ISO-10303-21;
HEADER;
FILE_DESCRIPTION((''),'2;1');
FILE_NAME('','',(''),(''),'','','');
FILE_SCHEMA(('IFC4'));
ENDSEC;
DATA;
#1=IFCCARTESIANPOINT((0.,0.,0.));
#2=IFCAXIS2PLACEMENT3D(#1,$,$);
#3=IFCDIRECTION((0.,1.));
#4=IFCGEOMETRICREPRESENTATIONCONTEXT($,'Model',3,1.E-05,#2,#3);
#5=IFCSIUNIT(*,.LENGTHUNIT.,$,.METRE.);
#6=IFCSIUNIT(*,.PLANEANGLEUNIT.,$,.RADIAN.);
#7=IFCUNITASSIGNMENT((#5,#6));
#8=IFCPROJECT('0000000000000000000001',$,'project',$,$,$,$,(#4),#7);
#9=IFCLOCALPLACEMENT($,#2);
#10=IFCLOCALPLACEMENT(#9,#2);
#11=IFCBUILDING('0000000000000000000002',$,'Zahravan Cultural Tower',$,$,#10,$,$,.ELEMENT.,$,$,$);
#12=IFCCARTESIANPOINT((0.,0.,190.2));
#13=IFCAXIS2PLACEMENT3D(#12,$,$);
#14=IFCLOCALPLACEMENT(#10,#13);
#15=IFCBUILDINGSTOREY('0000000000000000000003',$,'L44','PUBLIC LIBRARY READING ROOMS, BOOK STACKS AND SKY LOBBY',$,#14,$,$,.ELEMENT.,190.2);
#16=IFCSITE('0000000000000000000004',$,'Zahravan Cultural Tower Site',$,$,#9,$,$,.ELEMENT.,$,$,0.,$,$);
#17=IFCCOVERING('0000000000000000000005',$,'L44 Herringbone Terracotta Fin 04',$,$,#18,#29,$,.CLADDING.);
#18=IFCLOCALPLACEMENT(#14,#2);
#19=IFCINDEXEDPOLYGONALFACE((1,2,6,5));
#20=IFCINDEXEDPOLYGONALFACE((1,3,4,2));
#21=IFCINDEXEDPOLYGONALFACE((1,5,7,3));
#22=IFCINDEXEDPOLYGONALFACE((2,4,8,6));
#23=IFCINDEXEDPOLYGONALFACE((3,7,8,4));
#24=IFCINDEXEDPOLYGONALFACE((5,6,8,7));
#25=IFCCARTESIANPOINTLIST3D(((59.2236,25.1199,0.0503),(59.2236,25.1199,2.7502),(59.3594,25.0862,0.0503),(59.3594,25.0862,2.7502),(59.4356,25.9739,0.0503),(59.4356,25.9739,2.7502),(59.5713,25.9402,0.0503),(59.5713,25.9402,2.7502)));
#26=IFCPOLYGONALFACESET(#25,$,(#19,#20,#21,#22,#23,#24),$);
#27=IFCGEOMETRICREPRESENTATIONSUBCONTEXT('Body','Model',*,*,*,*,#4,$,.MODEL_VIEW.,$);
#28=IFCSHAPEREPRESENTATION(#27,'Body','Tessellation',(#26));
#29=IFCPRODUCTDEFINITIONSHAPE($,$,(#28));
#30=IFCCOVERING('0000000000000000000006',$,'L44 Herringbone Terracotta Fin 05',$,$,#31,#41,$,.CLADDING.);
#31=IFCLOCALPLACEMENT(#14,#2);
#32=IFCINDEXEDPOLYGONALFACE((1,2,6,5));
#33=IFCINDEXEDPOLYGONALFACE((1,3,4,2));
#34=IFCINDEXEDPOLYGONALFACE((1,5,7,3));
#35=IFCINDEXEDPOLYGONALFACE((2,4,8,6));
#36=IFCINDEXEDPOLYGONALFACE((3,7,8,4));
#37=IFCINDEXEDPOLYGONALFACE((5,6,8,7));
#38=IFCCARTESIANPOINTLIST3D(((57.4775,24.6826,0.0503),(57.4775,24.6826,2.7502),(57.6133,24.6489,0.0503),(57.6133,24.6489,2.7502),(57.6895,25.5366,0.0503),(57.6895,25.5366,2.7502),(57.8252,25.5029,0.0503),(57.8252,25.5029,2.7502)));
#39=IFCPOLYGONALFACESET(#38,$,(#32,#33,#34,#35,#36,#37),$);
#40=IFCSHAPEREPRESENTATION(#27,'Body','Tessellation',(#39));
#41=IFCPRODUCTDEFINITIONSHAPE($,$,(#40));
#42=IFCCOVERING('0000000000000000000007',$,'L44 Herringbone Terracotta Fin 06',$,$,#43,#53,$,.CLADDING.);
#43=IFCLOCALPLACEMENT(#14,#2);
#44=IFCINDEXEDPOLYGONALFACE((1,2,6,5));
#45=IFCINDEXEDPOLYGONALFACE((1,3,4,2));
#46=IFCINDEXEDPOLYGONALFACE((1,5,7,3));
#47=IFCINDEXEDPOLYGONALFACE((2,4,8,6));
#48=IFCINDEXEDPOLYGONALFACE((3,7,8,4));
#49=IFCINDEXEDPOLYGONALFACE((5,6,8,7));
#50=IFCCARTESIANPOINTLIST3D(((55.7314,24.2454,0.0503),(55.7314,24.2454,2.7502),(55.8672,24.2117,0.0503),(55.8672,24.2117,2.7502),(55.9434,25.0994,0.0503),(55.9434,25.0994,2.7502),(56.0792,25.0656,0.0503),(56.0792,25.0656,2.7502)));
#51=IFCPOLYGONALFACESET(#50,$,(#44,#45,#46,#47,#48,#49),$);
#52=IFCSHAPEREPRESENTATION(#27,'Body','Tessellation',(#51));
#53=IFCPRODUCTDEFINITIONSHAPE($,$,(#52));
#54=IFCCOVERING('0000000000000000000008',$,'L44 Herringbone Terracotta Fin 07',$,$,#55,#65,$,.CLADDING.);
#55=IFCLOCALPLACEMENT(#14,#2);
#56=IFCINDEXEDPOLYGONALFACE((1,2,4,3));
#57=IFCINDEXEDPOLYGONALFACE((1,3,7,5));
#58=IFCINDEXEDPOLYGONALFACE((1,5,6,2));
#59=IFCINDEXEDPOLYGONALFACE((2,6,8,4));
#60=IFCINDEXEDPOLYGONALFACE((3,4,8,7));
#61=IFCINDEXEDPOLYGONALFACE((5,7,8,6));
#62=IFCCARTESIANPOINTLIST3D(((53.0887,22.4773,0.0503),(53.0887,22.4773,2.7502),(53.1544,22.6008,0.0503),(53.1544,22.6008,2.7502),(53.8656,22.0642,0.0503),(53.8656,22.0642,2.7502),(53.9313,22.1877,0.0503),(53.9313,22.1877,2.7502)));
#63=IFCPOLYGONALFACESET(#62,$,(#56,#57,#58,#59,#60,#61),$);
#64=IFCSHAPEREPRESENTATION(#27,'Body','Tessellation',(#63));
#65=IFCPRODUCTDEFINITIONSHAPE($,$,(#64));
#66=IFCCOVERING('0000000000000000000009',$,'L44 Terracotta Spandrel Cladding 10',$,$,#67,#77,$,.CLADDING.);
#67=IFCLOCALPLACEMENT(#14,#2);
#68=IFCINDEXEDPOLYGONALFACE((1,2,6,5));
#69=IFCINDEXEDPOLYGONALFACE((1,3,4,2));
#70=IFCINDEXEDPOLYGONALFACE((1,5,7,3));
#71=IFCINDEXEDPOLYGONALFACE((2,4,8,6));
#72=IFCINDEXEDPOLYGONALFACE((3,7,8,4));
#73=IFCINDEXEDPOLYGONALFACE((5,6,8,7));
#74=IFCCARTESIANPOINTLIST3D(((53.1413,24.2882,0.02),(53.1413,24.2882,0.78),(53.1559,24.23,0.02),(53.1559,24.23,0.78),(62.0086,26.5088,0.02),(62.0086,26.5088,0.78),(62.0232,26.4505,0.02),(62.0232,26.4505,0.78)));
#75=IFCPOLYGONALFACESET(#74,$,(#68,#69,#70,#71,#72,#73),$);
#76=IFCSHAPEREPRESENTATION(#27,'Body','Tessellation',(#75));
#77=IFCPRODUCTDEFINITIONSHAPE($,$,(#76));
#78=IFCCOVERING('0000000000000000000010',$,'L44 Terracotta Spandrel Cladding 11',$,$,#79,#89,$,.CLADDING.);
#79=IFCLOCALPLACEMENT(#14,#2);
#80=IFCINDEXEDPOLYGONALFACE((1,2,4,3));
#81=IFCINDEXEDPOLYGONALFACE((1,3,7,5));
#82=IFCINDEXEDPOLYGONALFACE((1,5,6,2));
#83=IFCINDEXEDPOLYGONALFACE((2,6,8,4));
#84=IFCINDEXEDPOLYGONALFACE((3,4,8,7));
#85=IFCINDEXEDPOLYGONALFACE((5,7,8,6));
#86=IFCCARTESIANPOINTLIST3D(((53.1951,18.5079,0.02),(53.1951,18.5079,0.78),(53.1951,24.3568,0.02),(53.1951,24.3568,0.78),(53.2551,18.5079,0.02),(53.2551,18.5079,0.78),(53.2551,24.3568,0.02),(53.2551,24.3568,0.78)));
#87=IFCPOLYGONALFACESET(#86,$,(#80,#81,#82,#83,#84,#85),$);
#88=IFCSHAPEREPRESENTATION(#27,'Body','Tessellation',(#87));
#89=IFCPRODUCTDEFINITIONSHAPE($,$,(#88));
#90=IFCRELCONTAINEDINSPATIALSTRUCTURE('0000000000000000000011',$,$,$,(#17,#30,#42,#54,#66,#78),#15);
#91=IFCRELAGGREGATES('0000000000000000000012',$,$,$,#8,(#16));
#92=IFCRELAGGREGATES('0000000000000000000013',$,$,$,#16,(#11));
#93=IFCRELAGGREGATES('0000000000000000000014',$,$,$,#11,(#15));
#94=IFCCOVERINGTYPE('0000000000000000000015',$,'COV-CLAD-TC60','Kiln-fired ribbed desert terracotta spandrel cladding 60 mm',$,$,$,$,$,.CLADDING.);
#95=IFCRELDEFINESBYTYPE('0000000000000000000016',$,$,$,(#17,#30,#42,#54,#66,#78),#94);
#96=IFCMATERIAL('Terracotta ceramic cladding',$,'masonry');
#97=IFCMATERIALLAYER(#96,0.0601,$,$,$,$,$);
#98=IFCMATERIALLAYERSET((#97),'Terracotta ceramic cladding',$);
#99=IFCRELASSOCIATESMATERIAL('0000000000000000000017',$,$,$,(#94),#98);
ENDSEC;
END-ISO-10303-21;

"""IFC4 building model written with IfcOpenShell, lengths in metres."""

from ifc_helpers import new_model, si_unit, direction, frame, origin, origin_2d, place, context, subcontext, project, spatial, rectangle, extrude, source, transform, mapped, material, layer, layer_set, type_object, element, save


model = new_model("IFC4")

# Units and contexts
model_context = context("Model", 3, precision=1e-05, world=origin(), true_north=direction((0.0, 1.0)))
body_context = subcontext(model_context, "Body", "Model", "MODEL_VIEW")
ifc_project = project(units=[si_unit("LENGTHUNIT", "METRE"), si_unit("PLANEANGLEUNIT", "RADIAN")], contexts=[model_context])

# Site, building, storey
site_placement = place(None, origin())
site = spatial("IfcSite", under=ifc_project, at=site_placement, Name="Zahravan Cultural Tower Site", CompositionType="ELEMENT", RefElevation=0.0)
building_placement = place(site_placement, origin())
building = spatial("IfcBuilding", under=site, at=building_placement, Name="Zahravan Cultural Tower", CompositionType="ELEMENT")
storey_placement = place(building_placement, frame((0.0, 0.0, 190.2)))
storey = spatial("IfcBuildingStorey", under=building, at=storey_placement, Name="L44", Description="PUBLIC LIBRARY READING ROOMS, BOOK STACKS AND SKY LOBBY", CompositionType="ELEMENT", Elevation=190.2)

# Coverings
ifc_material_1 = material(Name="Terracotta ceramic cladding", Category="masonry")
ifc_layer_1 = layer(ifc_material_1, 0.0601)
ifc_layer_set_1 = layer_set([ifc_layer_1], Name="Terracotta ceramic cladding")
covering_type = type_object("IfcCoveringType", Name="COV-CLAD-TC60", Description="Kiln-fired ribbed desert terracotta spandrel cladding 60 mm", PredefinedType="CLADDING", material=ifc_layer_set_1)
shared_shape_1 = source(origin(), body_context, "Body", "SweptSolid", [
    extrude(rectangle(XDim=0.8799, YDim=0.1399, at=origin_2d()), origin(), (0.0, 0.0, 1.0), 2.7),
])
for number, where, z_axis, x_axis, name in (
    (1, (59.3975, 25.53, 0.0503), (0.0, 0.0, 1.0), (-0.240923, -0.970544, 0.0), "L44 Herringbone Terracotta Fin 04"),
    (2, (57.6514, 25.0928, 0.0503), (0.0, 0.0, 1.0), (-0.240923, -0.970544, 0.0), "L44 Herringbone Terracotta Fin 05"),
    (3, (55.9053, 24.6555, 0.0503), (0.0, 0.0, 1.0), (-0.240923, -0.970544, 0.0), "L44 Herringbone Terracotta Fin 06"),
    (4, (53.51, 22.3325, 0.0503), (0.0, 0.0, 1.0), (0.882948, -0.469472, 0.0), "L44 Herringbone Terracotta Fin 07"),
):
    element("IfcCovering", number, at=place(storey_placement, frame(where, z_axis=z_axis, x_axis=x_axis)), inside=storey, type_object=covering_type, Name=name, PredefinedType="CLADDING", context=body_context, shape_type="MappedRepresentation", body=[
        mapped(shared_shape_1, transform((0.0, 0.0, 0.0), x_axis=(1.0, 0.0, 0.0), y_axis=(0.0, 1.0, 0.0), z_axis=(0.0, 0.0, 1.0), scale=1.0)),
    ])
shared_shape_2 = source(origin(), body_context, "Body", "SweptSolid", [
    extrude(rectangle(XDim=9.1411, YDim=0.0601, at=origin_2d()), origin(), (0.0, 0.0, 1.0), 0.76),
])
covering_1_placement = place(storey_placement, frame((57.5823, 25.3694, 0.02), z_axis=(0.0, 0.0, 1.0), x_axis=(-0.970046, -0.242921, 0.0)))
element("IfcCovering", 5, at=covering_1_placement, inside=storey, type_object=covering_type, Name="L44 Terracotta Spandrel Cladding 10", PredefinedType="CLADDING", context=body_context, shape_type="MappedRepresentation", body=[
    mapped(shared_shape_2, transform((0.0, 0.0, 0.0), x_axis=(1.0, 0.0, 0.0), y_axis=(0.0, 1.0, 0.0), z_axis=(0.0, 0.0, 1.0), scale=1.0)),
])
shared_shape_3 = source(origin(), body_context, "Body", "SweptSolid", [
    extrude(rectangle(XDim=5.8489, YDim=0.0601, at=origin_2d()), origin(), (0.0, 0.0, 1.0), 0.76),
])
covering_2_placement = place(storey_placement, frame((53.2251, 21.4324, 0.02), z_axis=(0.0, 0.0, 1.0), x_axis=(0.0, -1.0, 0.0)))
element("IfcCovering", 6, at=covering_2_placement, inside=storey, type_object=covering_type, Name="L44 Terracotta Spandrel Cladding 11", PredefinedType="CLADDING", context=body_context, shape_type="MappedRepresentation", body=[
    mapped(shared_shape_3, transform((0.0, 0.0, 0.0), x_axis=(1.0, 0.0, 0.0), y_axis=(0.0, 1.0, 0.0), z_axis=(0.0, 0.0, 1.0), scale=1.0)),
])

save(model, "model.ifc")
